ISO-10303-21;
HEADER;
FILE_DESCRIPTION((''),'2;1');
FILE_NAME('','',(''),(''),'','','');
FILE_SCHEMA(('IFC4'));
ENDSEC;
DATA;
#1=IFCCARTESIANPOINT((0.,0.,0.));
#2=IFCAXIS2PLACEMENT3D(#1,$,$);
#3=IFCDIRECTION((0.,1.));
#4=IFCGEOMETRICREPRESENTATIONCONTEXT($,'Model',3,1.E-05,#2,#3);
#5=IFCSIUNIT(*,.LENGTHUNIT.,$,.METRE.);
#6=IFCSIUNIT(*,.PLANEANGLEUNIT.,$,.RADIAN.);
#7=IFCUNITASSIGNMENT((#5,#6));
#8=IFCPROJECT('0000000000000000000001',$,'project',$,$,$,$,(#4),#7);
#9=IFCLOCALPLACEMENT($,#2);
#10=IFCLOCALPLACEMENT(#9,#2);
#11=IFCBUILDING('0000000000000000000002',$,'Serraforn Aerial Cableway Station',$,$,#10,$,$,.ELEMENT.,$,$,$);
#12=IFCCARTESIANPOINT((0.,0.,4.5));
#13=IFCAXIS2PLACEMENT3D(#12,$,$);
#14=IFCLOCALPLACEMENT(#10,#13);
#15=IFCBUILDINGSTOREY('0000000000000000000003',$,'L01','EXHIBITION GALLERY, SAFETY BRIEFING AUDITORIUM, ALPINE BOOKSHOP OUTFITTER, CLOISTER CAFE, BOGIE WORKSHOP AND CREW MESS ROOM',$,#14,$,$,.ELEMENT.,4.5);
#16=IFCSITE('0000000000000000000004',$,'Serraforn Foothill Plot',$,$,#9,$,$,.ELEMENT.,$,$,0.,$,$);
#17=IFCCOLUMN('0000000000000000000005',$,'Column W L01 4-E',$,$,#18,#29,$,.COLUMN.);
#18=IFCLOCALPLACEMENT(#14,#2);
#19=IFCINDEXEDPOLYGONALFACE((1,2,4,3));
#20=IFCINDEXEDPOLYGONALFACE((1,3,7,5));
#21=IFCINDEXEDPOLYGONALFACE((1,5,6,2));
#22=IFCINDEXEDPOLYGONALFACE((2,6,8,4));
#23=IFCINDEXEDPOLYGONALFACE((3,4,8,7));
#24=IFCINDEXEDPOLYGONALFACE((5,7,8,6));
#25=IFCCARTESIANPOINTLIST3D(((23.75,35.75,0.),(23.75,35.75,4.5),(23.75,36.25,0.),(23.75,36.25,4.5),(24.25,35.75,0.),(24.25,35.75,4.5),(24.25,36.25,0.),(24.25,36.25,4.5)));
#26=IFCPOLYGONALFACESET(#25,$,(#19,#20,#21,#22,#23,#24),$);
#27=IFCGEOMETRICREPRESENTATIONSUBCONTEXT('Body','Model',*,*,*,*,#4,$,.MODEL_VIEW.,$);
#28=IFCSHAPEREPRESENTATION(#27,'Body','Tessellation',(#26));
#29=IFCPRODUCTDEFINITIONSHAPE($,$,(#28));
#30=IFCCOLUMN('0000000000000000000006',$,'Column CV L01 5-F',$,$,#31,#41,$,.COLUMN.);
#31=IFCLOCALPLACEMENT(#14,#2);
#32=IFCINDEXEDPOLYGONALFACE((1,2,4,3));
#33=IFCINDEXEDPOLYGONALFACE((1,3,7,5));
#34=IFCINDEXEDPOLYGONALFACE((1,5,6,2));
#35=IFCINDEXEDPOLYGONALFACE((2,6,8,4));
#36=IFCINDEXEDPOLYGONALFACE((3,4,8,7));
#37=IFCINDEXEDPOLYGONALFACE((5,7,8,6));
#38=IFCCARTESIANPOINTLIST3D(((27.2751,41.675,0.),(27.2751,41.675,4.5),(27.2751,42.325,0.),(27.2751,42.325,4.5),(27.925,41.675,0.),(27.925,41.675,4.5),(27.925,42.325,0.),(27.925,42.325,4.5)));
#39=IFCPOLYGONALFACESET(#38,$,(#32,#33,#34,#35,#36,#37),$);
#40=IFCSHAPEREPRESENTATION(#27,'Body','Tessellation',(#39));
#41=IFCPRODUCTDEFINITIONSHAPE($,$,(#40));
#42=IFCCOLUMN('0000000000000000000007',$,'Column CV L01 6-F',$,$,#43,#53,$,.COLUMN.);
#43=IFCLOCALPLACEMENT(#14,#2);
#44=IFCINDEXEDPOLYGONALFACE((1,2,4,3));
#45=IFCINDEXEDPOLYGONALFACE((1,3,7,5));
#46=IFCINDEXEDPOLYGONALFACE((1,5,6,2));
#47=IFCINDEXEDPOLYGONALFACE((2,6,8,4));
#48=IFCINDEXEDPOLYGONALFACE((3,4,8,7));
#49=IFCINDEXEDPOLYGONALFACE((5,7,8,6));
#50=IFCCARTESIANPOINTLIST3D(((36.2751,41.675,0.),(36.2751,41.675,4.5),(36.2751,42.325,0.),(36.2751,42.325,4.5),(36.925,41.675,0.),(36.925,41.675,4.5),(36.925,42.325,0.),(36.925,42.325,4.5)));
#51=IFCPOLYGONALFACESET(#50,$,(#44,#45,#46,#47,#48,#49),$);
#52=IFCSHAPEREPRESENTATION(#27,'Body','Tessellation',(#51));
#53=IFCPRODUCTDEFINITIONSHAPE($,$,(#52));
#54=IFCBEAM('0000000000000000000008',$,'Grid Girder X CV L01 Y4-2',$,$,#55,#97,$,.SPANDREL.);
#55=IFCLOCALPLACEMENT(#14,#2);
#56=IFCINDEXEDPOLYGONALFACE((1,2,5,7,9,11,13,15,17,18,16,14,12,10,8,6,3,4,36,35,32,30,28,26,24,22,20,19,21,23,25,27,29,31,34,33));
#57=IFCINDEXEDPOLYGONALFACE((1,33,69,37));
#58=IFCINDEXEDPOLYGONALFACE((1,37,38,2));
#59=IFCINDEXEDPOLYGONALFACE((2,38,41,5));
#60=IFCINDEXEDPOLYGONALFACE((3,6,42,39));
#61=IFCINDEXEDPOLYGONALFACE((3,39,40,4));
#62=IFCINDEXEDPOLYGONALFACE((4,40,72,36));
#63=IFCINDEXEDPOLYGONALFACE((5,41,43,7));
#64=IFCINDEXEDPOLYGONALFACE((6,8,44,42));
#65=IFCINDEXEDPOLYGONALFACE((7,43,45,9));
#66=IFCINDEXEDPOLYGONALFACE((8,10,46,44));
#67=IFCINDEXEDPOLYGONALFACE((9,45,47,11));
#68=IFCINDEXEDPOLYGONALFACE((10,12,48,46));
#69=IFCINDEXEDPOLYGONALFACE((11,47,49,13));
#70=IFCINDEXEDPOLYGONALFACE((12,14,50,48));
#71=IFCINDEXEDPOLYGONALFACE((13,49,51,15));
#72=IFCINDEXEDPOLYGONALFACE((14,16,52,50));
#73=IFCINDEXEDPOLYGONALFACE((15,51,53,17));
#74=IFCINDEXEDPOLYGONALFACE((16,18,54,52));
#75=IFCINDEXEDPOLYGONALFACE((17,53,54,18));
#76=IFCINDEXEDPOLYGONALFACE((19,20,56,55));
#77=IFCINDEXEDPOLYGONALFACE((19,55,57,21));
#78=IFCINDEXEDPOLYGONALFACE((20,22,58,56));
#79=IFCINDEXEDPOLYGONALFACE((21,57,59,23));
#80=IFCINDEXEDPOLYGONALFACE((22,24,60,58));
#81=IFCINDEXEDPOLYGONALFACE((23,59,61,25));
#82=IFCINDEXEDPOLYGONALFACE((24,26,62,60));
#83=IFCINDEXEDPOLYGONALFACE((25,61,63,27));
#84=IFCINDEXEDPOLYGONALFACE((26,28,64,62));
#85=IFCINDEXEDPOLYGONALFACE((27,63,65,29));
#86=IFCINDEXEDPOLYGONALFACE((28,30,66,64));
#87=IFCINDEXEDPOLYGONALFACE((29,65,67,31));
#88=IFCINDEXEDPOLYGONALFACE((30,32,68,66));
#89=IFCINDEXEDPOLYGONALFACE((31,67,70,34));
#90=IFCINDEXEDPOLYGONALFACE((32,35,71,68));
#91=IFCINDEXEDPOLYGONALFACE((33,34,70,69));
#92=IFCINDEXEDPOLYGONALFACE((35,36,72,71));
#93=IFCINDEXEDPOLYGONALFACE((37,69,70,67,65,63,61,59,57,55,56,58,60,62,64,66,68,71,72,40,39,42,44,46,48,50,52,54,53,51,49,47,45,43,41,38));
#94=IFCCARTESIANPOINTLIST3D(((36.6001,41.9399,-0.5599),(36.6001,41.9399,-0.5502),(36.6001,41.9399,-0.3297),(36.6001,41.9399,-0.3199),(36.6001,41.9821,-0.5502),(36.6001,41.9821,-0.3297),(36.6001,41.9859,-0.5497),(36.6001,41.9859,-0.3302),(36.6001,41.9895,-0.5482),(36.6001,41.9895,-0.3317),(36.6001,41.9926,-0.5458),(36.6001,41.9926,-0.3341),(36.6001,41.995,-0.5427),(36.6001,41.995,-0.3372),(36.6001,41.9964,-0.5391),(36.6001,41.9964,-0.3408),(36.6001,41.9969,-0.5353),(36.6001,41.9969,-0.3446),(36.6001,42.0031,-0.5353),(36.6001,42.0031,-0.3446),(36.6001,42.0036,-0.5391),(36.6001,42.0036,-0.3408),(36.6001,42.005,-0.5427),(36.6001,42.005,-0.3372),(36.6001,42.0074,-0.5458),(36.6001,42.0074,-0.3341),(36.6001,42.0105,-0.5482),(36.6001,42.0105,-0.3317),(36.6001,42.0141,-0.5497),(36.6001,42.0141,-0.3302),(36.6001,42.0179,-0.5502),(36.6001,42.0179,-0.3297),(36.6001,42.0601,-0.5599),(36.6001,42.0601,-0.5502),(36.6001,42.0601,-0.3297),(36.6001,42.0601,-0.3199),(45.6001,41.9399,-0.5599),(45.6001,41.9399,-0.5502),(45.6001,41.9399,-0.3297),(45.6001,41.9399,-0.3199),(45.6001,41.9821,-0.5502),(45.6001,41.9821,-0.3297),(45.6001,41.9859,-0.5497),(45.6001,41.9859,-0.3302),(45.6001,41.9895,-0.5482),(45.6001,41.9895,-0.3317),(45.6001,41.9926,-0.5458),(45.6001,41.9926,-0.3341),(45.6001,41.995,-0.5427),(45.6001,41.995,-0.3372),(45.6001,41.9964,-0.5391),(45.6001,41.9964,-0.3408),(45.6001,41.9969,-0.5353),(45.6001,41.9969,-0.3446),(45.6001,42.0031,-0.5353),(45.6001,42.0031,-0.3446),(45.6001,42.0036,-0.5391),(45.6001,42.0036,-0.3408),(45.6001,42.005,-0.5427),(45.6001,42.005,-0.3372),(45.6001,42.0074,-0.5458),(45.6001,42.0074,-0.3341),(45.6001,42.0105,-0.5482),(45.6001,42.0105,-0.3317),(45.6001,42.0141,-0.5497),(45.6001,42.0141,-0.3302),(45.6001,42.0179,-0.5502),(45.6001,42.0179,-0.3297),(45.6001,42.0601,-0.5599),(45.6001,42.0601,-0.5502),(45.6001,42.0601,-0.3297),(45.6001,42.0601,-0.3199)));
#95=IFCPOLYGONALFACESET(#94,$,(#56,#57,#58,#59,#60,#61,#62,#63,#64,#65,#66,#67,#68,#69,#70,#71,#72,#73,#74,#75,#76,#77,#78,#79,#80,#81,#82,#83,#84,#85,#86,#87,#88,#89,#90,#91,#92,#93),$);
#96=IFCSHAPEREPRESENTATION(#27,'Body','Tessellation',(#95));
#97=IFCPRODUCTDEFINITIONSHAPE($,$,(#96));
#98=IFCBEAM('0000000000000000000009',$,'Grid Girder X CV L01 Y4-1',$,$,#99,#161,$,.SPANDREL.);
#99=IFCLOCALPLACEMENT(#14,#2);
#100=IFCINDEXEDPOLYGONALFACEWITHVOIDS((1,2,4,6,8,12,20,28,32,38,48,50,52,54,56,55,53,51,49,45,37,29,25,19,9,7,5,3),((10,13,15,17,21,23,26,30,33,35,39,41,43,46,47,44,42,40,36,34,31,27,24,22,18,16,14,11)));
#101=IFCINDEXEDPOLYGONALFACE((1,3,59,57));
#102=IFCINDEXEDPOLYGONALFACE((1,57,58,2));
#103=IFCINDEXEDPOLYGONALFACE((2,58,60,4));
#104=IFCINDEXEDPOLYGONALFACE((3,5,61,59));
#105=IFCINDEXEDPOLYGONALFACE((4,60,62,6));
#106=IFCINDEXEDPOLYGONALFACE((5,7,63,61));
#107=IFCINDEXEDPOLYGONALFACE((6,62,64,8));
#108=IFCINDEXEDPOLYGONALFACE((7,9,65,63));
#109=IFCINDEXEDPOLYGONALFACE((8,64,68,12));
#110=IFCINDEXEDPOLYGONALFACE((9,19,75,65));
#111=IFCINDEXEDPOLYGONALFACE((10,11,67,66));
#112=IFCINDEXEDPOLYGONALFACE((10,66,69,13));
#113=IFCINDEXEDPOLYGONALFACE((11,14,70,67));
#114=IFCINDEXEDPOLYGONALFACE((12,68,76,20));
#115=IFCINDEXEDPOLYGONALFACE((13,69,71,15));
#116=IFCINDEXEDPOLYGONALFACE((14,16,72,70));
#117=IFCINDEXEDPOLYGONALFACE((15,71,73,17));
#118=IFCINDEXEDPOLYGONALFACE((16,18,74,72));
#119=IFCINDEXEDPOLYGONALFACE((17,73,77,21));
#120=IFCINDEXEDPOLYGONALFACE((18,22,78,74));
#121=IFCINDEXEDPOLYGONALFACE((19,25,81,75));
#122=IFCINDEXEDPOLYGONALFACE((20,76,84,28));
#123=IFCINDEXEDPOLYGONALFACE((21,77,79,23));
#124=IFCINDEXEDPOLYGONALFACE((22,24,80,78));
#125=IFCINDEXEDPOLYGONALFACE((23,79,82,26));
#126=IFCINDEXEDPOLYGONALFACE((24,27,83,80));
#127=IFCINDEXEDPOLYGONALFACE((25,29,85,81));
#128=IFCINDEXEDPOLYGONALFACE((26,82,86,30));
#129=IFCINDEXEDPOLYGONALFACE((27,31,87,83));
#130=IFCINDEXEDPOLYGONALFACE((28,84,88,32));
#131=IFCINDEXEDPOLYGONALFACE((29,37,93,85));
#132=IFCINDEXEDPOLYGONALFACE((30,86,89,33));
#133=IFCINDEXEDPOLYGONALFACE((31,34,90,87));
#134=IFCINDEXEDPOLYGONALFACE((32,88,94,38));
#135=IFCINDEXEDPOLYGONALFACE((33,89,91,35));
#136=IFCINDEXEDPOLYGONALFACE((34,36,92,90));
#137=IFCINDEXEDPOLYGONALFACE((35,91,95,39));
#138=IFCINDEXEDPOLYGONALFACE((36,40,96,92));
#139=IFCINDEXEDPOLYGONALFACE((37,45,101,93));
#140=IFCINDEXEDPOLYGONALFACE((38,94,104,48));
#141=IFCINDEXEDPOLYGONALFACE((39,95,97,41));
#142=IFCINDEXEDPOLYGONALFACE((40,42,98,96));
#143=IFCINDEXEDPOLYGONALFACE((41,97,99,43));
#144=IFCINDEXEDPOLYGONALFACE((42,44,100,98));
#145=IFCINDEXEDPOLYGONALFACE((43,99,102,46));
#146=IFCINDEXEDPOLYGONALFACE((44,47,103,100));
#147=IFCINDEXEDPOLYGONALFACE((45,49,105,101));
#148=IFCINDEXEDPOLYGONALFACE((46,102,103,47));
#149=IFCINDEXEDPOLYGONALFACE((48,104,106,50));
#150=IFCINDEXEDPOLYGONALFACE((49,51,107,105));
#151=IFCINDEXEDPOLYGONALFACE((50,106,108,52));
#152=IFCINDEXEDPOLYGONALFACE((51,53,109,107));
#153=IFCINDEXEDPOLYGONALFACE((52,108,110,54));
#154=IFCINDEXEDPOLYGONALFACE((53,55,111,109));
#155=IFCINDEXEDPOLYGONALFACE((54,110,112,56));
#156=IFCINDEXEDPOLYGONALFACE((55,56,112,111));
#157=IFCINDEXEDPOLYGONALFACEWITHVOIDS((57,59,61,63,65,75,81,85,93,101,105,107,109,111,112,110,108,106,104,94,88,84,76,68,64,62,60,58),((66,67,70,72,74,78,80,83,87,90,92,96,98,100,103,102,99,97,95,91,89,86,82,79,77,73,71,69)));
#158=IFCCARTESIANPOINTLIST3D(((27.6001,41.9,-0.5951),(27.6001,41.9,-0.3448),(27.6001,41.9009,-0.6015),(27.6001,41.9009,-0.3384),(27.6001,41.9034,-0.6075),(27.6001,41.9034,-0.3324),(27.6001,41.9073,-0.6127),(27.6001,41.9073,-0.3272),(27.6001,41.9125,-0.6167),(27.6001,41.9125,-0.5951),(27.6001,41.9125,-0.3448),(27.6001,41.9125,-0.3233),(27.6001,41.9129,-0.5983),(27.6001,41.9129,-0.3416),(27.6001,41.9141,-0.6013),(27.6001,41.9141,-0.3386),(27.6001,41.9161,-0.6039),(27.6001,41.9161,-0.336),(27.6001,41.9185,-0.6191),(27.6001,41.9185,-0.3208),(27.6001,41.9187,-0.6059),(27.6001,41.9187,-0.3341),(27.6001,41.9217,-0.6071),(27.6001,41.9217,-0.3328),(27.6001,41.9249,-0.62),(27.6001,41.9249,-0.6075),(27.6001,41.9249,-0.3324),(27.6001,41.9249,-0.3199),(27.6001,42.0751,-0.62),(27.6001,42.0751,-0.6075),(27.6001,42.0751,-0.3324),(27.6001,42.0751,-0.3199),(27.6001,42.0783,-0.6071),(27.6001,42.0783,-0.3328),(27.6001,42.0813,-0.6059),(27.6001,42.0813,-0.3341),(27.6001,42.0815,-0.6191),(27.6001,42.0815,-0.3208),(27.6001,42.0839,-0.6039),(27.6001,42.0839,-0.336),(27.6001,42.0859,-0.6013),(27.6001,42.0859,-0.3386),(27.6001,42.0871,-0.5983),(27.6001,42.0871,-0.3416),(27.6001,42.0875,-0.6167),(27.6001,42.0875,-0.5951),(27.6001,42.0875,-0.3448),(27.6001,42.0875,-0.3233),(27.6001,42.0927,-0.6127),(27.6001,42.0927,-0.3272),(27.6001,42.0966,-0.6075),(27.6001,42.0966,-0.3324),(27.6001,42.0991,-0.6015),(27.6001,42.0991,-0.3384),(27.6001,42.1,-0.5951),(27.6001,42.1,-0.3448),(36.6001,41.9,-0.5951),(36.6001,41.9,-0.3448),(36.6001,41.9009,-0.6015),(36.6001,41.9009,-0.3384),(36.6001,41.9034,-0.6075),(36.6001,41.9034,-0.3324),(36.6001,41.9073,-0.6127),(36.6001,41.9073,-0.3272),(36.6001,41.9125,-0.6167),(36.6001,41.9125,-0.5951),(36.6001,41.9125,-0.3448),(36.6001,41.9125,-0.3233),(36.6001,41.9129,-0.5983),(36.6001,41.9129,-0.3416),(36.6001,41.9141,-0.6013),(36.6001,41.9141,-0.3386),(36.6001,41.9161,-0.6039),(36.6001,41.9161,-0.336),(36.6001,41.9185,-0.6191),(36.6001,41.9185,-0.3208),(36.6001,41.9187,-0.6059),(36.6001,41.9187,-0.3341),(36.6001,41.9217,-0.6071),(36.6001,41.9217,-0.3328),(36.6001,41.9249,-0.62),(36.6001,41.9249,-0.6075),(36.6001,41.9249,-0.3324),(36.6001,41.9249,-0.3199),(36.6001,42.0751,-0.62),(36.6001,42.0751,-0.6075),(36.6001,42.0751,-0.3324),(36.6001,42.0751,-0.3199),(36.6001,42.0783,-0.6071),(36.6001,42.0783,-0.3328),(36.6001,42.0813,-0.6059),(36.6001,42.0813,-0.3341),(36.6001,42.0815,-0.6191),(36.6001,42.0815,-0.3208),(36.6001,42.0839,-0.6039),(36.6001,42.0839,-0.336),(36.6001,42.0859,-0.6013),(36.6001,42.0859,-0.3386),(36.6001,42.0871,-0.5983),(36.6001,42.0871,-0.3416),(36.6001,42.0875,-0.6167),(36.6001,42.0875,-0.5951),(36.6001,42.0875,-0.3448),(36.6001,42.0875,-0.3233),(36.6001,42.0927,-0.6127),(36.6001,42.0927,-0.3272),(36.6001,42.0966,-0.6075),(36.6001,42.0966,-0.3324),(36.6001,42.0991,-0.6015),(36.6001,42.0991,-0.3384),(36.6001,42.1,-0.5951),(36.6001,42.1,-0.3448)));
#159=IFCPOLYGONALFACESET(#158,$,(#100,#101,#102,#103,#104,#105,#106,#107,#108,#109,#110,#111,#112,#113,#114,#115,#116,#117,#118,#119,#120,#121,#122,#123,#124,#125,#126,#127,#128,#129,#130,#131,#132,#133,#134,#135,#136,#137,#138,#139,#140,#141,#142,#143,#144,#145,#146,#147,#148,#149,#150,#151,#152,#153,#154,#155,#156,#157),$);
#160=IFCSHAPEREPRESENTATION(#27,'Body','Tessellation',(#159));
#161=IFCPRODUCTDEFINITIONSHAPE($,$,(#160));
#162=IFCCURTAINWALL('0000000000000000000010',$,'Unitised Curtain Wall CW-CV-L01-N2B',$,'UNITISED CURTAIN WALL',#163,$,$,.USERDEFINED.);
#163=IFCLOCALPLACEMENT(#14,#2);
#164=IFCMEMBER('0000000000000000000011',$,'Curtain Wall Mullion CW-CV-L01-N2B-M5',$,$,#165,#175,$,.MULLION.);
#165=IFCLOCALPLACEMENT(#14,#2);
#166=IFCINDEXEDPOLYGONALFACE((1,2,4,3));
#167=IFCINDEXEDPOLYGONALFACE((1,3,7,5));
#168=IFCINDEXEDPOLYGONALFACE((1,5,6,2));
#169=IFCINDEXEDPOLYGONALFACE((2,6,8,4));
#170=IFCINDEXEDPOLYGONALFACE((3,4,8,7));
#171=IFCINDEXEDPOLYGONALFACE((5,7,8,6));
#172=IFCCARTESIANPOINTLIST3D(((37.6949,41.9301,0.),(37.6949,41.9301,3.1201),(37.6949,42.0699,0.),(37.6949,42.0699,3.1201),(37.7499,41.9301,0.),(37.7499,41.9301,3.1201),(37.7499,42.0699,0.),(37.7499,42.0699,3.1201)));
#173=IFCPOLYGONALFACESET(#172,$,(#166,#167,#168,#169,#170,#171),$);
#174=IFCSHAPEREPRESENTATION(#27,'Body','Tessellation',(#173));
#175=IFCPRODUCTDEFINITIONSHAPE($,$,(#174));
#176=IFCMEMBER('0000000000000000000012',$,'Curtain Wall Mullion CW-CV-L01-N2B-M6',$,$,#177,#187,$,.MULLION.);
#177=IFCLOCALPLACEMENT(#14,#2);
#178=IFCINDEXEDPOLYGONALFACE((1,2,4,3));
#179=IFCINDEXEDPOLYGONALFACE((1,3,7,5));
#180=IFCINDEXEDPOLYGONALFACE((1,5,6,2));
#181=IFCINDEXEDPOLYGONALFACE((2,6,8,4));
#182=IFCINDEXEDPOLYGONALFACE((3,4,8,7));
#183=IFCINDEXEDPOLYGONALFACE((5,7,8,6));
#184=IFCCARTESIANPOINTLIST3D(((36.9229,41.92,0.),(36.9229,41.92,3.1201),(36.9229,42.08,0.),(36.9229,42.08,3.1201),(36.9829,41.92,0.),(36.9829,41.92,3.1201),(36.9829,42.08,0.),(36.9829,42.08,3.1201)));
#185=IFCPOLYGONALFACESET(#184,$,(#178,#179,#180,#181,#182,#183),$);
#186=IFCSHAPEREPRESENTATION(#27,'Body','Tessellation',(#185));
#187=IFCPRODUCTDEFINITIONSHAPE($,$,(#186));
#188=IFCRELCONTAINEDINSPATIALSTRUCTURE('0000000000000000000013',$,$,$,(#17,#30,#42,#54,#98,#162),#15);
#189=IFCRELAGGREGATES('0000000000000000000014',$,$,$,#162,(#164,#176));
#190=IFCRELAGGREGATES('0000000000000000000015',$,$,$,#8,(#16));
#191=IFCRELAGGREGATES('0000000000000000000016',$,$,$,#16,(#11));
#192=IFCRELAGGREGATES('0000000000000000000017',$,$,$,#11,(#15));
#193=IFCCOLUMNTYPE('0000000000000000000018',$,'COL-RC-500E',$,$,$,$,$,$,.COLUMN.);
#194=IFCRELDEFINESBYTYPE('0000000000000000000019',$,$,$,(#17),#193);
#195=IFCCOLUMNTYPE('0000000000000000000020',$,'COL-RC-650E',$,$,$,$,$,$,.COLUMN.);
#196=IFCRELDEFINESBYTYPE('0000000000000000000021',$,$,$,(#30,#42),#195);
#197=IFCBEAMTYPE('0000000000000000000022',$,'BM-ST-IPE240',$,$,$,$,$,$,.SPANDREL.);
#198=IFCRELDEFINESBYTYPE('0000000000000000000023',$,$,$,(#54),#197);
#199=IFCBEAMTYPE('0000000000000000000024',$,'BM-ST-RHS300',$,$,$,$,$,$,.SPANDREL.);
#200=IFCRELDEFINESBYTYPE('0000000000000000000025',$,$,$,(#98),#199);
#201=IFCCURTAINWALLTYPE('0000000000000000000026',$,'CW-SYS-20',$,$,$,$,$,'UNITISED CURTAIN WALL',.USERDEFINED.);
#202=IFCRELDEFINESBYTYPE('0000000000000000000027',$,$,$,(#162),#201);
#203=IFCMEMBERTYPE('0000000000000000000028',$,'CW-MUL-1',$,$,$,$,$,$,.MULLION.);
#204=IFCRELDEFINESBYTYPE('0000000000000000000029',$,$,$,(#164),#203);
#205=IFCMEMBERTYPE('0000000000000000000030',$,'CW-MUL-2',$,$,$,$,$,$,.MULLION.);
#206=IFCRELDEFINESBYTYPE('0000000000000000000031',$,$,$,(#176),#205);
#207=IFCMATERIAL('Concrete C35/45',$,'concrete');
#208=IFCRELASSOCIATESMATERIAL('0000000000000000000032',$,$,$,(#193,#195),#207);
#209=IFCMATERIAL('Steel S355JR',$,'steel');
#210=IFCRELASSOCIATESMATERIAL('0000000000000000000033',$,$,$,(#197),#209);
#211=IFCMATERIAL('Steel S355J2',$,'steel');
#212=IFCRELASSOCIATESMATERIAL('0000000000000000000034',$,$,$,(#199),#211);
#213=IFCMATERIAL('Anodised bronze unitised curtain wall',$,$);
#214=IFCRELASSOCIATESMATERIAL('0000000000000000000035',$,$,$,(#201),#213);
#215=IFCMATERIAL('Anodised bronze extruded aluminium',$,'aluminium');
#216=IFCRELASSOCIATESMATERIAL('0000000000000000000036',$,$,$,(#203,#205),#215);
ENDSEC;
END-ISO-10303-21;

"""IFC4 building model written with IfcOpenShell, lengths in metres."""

from ifc_helpers import new_model, si_unit, direction, frame, origin, origin_2d, place, context, subcontext, project, spatial, rectangle, hollow_rectangle, i_section, extrude, material, material_profile, profile_set, type_object, element, aggregate, save


model = new_model("IFC4")

# Units and contexts
model_context = context("Model", 3, precision=1e-05, world=origin(), true_north=direction((0.0, 1.0)))
body_context = subcontext(model_context, "Body", "Model", "MODEL_VIEW")
ifc_project = project(units=[si_unit("LENGTHUNIT", "METRE"), si_unit("PLANEANGLEUNIT", "RADIAN")], contexts=[model_context])

# Site, building, storey
site_placement = place(None, origin())
site = spatial("IfcSite", under=ifc_project, at=site_placement, Name="Serraforn Foothill Plot", CompositionType="ELEMENT", RefElevation=0.0)
building_placement = place(site_placement, origin())
building = spatial("IfcBuilding", under=site, at=building_placement, Name="Serraforn Aerial Cableway Station", CompositionType="ELEMENT")
storey_placement = place(building_placement, frame((0.0, 0.0, 4.5)))
storey = spatial("IfcBuildingStorey", under=building, at=storey_placement, Name="L01", Description="EXHIBITION GALLERY, SAFETY BRIEFING AUDITORIUM, ALPINE BOOKSHOP OUTFITTER, CLOISTER CAFE, BOGIE WORKSHOP AND CREW MESS ROOM", CompositionType="ELEMENT", Elevation=4.5)

# Columns
ifc_material_1 = material(Name="Concrete C35/45", Category="concrete")
ifc_material_profile_1 = material_profile(ifc_material_1, rectangle(XDim=0.5, YDim=0.5, at=origin_2d()), Name="RC 500x500")
ifc_profile_set_1 = profile_set([ifc_material_profile_1], Name="Concrete C35/45")
column_type_1 = type_object("IfcColumnType", Name="COL-RC-500E", PredefinedType="COLUMN", material=ifc_profile_set_1)
column_placement = place(storey_placement, frame((24.0, 36.0, 0.0), z_axis=(0.0, 0.0, 1.0), x_axis=(1.0, 0.0, 0.0)))
element("IfcColumn", 1, at=column_placement, inside=storey, type_object=column_type_1, Name="Column W L01 4-E", PredefinedType="COLUMN", context=body_context, shape_type="SweptSolid", body=[
    extrude(rectangle(XDim=0.5, YDim=0.5, at=origin_2d()), origin(), (0.0, 0.0, 1.0), 4.5),
])
ifc_material_profile_2 = material_profile(ifc_material_1, rectangle(XDim=0.6499, YDim=0.6499, at=origin_2d()), Name="RC 650x650")
ifc_profile_set_2 = profile_set([ifc_material_profile_2], Name="Concrete C35/45")
column_type_2 = type_object("IfcColumnType", Name="COL-RC-650E", PredefinedType="COLUMN", material=ifc_profile_set_2)
for number, where, z_axis, x_axis, name in (
    (2, (27.6001, 42.0, 0.0), (0.0, 0.0, 1.0), (1.0, 0.0, 0.0), "Column CV L01 5-F"),
    (3, (36.6001, 42.0, 0.0), (0.0, 0.0, 1.0), (1.0, 0.0, 0.0), "Column CV L01 6-F"),
):
    element("IfcColumn", number, at=place(storey_placement, frame(where, z_axis=z_axis, x_axis=x_axis)), inside=storey, type_object=column_type_2, Name=name, PredefinedType="COLUMN", context=body_context, shape_type="SweptSolid", body=[
        extrude(rectangle(XDim=0.6499, YDim=0.6499, at=origin_2d()), origin(), (0.0, 0.0, 1.0), 4.5),
    ])

# Beams
ifc_material_2 = material(Name="Steel S355JR", Category="steel")
ifc_material_profile_3 = material_profile(ifc_material_2, i_section(OverallWidth=0.1201, OverallDepth=0.24, WebThickness=0.0061, FlangeThickness=0.0098, FilletRadius=0.0149, at=origin_2d()), Name="IPE 240")
ifc_profile_set_3 = profile_set([ifc_material_profile_3], Name="Steel S355JR")
beam_type_1 = type_object("IfcBeamType", Name="BM-ST-IPE240", PredefinedType="SPANDREL", material=ifc_profile_set_3)
beam_1_placement = place(storey_placement, frame((36.6001, 42.0, -0.4399), z_axis=(1.0, 0.0, 0.0), x_axis=(0.0, 1.0, 0.0)))
element("IfcBeam", 4, at=beam_1_placement, inside=storey, type_object=beam_type_1, Name="Grid Girder X CV L01 Y4-2", PredefinedType="SPANDREL", context=body_context, shape_type="SweptSolid", body=[
    extrude(i_section(OverallWidth=0.1201, OverallDepth=0.24, WebThickness=0.0061, FlangeThickness=0.0098, FilletRadius=0.0149, at=origin_2d()), origin(), (0.0, 0.0, 1.0), 9.0),
])
ifc_material_3 = material(Name="Steel S355J2", Category="steel")
ifc_material_profile_4 = material_profile(ifc_material_3, hollow_rectangle(XDim=0.2, YDim=0.3, WallThickness=0.0125, InnerFilletRadius=0.0125, OuterFilletRadius=0.0249, at=origin_2d()), Name="RHS 300x200x12.5")
ifc_profile_set_4 = profile_set([ifc_material_profile_4], Name="Steel S355J2")
beam_type_2 = type_object("IfcBeamType", Name="BM-ST-RHS300", PredefinedType="SPANDREL", material=ifc_profile_set_4)
beam_2_placement = place(storey_placement, frame((27.6001, 42.0, -0.47), z_axis=(1.0, 0.0, 0.0), x_axis=(0.0, 1.0, 0.0)))
element("IfcBeam", 5, at=beam_2_placement, inside=storey, type_object=beam_type_2, Name="Grid Girder X CV L01 Y4-1", PredefinedType="SPANDREL", context=body_context, shape_type="SweptSolid", body=[
    extrude(hollow_rectangle(XDim=0.2, YDim=0.3, WallThickness=0.0125, InnerFilletRadius=0.0125, OuterFilletRadius=0.0249, at=origin_2d()), origin(), (0.0, 0.0, 1.0), 9.0),
])

# Curtain wall, members
ifc_material_4 = material(Name="Anodised bronze unitised curtain wall")
curtain_wall_type_1 = type_object("IfcCurtainWallType", Name="CW-SYS-20", ElementType="UNITISED CURTAIN WALL", PredefinedType="USERDEFINED", material=ifc_material_4)
curtain_wall_1_placement = place(storey_placement, origin())
curtain_wall_1 = element("IfcCurtainWall", 6, at=curtain_wall_1_placement, inside=storey, type_object=curtain_wall_type_1, Name="Unitised Curtain Wall CW-CV-L01-N2B", ObjectType="UNITISED CURTAIN WALL", PredefinedType="USERDEFINED")
ifc_material_5 = material(Name="Anodised bronze extruded aluminium", Category="aluminium")
ifc_material_profile_5 = material_profile(ifc_material_5, rectangle(XDim=0.0549, YDim=0.1399, at=origin_2d()), Name="CW MULLION 55x140")
ifc_profile_set_5 = profile_set([ifc_material_profile_5], Name="Anodised bronze extruded aluminium")
member_type_1 = type_object("IfcMemberType", Name="CW-MUL-1", PredefinedType="MULLION", material=ifc_profile_set_5)
member_1_placement = place(storey_placement, frame((37.7224, 42.0, 0.0), z_axis=(0.0, 0.0, 1.0), x_axis=(-1.0, 0.0, 0.0)))
member_1 = element("IfcMember", 7, at=member_1_placement, type_object=member_type_1, Name="Curtain Wall Mullion CW-CV-L01-N2B-M5", PredefinedType="MULLION", context=body_context, shape_type="SweptSolid", body=[
    extrude(rectangle(XDim=0.0549, YDim=0.1399, at=origin_2d()), origin(), (0.0, 0.0, 1.0), 3.1201),
])
ifc_material_profile_6 = material_profile(ifc_material_5, rectangle(XDim=0.0601, YDim=0.1599, at=origin_2d()), Name="CW MULLION 60x160")
ifc_profile_set_6 = profile_set([ifc_material_profile_6], Name="Anodised bronze extruded aluminium")
member_type_2 = type_object("IfcMemberType", Name="CW-MUL-2", PredefinedType="MULLION", material=ifc_profile_set_6)
member_2_placement = place(storey_placement, frame((36.9529, 42.0, 0.0), z_axis=(0.0, 0.0, 1.0), x_axis=(-1.0, 0.0, 0.0)))
member_2 = element("IfcMember", 8, at=member_2_placement, type_object=member_type_2, Name="Curtain Wall Mullion CW-CV-L01-N2B-M6", PredefinedType="MULLION", context=body_context, shape_type="SweptSolid", body=[
    extrude(rectangle(XDim=0.0601, YDim=0.1599, at=origin_2d()), origin(), (0.0, 0.0, 1.0), 3.1201),
])

aggregate(curtain_wall_1, [member_1, member_2])

save(model, "model.ifc")
